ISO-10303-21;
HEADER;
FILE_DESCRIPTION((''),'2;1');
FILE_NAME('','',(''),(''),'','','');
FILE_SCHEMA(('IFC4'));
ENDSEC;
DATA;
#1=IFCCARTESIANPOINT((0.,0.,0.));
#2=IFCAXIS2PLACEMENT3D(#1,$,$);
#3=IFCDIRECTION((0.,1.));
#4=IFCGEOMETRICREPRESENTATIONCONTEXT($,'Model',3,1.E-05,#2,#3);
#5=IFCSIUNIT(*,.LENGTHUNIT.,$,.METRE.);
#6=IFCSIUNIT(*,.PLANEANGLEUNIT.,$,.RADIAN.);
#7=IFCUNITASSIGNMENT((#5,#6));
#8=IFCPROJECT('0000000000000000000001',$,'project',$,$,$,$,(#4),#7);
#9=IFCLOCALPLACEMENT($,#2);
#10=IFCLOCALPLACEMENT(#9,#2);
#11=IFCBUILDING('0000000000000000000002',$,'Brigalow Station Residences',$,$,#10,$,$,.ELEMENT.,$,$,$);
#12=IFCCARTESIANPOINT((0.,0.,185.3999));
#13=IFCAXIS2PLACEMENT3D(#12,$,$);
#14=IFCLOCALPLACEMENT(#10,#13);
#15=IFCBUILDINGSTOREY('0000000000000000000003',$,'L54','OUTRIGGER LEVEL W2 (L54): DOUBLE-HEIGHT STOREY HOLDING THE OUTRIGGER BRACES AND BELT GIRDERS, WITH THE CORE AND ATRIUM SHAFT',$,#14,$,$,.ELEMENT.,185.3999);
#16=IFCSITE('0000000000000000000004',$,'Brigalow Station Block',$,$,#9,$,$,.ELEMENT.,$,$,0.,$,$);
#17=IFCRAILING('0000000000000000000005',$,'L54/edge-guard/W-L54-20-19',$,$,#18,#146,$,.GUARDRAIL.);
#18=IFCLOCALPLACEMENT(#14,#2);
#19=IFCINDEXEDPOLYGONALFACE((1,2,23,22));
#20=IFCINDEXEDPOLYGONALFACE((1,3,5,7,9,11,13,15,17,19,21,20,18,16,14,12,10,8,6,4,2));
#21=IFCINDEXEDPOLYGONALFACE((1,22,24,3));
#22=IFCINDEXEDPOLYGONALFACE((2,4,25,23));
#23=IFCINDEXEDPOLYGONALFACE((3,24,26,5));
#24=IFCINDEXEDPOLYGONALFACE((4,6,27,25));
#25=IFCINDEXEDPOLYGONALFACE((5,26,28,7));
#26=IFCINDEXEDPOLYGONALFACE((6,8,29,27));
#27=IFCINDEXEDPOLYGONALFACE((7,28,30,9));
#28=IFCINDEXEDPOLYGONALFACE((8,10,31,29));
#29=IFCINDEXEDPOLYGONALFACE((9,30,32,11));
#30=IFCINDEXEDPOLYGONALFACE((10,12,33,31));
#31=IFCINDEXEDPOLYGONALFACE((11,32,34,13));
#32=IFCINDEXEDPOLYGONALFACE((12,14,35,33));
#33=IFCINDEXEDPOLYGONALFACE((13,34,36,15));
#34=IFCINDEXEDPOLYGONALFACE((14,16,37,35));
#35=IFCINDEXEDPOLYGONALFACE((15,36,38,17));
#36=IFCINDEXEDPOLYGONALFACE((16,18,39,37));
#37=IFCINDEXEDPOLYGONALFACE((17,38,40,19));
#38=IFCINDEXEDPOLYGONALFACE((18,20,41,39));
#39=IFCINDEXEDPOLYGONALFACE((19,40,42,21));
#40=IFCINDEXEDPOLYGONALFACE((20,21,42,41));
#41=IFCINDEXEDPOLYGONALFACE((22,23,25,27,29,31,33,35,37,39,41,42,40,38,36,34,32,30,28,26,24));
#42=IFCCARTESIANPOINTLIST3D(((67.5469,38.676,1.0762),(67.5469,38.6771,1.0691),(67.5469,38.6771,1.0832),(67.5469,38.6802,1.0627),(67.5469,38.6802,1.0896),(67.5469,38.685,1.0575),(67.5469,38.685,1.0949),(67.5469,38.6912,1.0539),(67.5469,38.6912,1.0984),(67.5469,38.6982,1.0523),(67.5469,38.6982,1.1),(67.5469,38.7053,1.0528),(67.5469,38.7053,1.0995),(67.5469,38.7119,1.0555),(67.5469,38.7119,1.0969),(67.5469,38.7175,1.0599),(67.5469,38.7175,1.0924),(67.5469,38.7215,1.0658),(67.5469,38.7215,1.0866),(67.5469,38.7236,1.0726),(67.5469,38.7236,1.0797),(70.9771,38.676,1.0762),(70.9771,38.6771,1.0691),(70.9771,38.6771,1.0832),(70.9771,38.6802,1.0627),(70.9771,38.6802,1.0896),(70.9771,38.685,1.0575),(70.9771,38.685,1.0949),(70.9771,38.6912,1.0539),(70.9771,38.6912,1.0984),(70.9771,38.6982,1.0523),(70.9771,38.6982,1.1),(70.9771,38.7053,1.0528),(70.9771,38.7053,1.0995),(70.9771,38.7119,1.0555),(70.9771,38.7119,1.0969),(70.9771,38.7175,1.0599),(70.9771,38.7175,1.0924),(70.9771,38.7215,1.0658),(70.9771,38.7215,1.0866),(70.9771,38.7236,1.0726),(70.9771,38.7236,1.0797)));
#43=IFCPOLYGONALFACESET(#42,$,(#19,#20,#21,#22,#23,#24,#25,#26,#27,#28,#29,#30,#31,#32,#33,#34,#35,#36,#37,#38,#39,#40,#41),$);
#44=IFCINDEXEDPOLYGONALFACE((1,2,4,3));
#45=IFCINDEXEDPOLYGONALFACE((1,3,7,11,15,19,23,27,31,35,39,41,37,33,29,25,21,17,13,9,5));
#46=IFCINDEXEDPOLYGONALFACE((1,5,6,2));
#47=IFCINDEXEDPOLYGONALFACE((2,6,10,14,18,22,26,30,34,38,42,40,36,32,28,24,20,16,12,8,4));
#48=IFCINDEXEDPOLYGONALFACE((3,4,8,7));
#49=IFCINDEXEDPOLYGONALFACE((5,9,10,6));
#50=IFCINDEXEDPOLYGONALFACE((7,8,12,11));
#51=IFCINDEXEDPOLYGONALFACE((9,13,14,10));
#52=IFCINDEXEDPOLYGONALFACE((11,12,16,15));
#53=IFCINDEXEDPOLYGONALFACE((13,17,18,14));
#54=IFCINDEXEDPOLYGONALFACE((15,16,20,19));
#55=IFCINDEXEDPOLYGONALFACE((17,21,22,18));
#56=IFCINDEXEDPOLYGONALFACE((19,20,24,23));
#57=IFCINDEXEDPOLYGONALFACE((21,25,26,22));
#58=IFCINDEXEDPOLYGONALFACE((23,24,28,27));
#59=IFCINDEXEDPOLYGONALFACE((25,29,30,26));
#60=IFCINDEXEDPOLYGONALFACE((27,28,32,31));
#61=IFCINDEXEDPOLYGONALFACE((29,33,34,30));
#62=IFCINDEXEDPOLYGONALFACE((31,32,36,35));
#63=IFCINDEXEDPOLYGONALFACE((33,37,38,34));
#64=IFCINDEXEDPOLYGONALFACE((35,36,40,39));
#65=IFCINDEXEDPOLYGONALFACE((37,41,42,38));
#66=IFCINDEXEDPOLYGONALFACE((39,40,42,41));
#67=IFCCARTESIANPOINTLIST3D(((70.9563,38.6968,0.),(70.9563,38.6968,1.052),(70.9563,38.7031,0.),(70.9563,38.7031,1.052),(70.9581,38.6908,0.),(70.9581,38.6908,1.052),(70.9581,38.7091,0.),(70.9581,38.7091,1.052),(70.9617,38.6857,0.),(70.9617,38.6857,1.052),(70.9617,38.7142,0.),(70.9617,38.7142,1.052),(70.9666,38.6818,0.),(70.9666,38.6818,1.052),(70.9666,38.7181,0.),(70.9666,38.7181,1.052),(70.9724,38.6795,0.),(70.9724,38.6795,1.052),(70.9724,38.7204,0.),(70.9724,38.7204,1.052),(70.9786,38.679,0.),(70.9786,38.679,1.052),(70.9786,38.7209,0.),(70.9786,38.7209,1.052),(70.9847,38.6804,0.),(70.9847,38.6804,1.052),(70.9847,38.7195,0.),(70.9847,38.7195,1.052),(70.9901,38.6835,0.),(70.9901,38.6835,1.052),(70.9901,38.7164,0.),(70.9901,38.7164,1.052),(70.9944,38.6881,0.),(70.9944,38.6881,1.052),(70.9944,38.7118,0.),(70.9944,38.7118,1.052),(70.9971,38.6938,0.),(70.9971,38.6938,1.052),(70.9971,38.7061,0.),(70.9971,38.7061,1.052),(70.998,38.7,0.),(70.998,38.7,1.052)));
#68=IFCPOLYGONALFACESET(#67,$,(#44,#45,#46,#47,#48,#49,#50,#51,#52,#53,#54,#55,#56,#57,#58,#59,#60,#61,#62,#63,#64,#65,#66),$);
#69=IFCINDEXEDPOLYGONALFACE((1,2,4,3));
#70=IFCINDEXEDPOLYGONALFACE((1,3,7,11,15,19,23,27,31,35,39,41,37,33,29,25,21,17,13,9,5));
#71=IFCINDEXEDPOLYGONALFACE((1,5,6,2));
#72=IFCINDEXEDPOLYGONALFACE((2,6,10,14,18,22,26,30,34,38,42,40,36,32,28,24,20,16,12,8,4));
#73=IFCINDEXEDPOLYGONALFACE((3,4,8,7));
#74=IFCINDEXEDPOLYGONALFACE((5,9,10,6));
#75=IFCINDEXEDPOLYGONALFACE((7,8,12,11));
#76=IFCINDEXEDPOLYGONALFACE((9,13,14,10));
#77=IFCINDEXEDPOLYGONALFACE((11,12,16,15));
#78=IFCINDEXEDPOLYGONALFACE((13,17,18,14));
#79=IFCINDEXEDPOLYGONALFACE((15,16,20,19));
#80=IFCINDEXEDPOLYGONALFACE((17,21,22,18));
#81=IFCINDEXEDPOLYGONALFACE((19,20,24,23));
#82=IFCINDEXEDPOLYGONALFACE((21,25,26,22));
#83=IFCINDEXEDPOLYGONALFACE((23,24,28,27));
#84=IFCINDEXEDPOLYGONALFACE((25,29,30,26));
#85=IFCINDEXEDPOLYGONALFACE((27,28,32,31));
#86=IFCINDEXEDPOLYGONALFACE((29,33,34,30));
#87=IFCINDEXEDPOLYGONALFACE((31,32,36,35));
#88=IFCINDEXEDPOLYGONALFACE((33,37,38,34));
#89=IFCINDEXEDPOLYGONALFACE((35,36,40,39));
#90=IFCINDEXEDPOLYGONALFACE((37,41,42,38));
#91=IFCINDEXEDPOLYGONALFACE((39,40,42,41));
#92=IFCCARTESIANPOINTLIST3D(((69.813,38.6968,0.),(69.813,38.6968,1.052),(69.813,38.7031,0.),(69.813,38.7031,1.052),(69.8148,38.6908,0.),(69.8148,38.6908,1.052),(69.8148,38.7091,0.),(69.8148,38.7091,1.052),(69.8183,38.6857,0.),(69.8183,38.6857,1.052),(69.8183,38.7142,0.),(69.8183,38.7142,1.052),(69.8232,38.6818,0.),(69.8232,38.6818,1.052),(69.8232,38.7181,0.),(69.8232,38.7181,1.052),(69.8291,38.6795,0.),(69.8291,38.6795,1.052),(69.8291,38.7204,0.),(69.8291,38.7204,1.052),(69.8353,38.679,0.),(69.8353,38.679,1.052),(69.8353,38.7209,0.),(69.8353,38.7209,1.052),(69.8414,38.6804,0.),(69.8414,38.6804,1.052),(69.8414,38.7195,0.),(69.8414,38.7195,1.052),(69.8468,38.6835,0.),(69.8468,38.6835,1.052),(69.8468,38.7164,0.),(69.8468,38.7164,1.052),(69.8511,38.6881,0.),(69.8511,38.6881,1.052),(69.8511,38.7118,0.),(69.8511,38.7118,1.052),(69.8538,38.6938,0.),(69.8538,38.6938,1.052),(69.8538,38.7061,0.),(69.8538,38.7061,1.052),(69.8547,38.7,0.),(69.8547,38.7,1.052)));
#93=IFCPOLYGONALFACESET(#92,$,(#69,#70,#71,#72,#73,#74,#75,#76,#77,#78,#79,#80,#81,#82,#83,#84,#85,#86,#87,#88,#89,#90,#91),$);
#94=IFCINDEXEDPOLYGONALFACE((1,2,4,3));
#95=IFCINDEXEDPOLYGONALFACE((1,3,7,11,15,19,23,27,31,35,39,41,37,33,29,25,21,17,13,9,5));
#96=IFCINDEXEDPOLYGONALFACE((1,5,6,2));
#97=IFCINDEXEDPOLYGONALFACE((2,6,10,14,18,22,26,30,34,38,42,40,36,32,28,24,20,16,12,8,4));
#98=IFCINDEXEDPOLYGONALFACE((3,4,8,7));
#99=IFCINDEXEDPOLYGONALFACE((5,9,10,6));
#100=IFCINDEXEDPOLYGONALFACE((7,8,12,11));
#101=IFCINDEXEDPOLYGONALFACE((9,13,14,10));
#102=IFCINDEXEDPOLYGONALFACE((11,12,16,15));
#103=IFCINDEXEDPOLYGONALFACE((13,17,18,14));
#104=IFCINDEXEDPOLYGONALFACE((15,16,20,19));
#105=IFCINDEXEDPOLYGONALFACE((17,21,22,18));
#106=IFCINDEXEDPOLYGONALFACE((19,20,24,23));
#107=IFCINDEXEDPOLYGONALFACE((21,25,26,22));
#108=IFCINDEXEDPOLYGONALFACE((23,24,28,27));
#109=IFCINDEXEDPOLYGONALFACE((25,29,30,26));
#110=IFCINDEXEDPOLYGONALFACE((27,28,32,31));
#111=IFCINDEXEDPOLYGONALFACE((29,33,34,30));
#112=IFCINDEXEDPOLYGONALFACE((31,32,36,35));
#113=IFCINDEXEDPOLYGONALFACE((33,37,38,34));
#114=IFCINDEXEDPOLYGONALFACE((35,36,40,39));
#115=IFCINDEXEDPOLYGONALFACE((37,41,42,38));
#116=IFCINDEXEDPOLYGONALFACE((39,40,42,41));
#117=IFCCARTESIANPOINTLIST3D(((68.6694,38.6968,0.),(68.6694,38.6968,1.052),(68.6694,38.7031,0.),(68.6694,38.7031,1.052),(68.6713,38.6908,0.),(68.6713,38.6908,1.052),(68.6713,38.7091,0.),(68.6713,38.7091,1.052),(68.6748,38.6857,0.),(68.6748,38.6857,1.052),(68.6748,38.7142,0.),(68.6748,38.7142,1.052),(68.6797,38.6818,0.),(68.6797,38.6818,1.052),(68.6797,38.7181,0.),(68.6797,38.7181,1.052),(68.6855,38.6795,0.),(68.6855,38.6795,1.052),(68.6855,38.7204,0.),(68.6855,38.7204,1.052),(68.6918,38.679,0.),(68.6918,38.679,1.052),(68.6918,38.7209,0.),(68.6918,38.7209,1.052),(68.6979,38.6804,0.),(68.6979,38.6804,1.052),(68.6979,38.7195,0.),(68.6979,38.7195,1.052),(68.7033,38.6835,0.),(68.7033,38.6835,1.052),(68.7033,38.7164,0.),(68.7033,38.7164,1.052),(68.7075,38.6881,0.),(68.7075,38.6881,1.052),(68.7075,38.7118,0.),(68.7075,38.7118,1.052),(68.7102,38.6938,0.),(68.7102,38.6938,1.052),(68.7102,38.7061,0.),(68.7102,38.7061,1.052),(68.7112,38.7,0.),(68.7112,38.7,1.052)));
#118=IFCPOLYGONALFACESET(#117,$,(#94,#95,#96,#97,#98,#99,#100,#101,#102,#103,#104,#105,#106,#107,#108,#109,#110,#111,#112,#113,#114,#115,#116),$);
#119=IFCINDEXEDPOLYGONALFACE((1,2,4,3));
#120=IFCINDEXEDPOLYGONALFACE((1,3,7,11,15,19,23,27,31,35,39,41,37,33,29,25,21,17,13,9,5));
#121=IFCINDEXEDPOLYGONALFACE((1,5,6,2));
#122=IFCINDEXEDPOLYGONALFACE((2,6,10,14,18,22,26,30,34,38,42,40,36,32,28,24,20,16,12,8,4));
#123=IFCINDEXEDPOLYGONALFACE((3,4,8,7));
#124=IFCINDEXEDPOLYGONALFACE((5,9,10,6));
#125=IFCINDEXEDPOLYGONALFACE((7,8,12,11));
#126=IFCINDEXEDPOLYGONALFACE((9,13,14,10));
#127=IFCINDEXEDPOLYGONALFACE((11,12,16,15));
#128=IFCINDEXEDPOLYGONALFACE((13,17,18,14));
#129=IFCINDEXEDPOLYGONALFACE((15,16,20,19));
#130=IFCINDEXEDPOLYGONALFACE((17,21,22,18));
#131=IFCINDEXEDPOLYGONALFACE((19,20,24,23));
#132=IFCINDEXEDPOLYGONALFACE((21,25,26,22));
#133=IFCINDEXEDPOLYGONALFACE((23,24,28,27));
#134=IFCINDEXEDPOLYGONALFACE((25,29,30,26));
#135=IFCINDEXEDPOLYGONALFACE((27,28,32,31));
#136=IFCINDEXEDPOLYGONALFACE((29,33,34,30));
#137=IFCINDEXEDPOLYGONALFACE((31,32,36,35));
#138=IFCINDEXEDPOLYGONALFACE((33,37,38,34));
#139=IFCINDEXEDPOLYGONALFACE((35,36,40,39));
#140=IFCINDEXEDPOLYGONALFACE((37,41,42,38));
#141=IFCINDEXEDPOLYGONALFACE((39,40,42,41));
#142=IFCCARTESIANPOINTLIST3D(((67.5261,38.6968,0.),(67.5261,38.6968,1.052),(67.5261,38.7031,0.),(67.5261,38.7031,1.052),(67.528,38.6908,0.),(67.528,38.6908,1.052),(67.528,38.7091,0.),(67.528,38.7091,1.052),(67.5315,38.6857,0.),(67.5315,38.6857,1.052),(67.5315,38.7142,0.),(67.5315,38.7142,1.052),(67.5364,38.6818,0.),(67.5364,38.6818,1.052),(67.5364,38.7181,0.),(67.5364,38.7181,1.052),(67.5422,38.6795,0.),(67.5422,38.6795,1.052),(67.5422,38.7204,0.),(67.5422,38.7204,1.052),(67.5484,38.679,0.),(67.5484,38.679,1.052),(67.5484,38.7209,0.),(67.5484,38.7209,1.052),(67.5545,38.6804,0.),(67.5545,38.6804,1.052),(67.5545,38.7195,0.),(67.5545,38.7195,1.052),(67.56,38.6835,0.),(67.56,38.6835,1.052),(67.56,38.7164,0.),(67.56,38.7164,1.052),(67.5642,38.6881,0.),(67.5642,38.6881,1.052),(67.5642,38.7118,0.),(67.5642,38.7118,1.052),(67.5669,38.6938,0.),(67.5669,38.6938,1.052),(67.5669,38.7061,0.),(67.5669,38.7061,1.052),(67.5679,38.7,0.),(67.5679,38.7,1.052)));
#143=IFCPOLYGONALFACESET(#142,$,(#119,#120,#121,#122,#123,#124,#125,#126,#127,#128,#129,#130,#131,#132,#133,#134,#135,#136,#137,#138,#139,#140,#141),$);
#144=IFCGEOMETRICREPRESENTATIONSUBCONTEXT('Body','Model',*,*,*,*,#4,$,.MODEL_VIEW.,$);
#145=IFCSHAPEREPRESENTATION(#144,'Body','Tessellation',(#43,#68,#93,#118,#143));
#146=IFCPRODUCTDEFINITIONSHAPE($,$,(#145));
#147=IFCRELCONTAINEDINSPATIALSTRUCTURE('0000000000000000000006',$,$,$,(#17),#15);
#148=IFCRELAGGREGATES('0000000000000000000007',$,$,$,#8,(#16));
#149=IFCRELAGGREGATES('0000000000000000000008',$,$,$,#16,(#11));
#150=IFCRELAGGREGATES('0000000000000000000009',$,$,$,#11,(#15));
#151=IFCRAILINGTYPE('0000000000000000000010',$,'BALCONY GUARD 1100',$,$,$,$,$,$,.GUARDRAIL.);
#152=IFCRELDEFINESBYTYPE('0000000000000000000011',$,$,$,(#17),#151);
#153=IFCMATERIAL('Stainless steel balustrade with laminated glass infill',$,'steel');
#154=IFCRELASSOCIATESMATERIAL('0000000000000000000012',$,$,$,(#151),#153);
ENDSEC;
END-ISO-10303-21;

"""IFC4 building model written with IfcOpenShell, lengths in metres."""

from ifc_helpers import new_model, si_unit, direction, frame, origin, origin_2d, place, context, subcontext, project, spatial, circle, extrude, material, type_object, element, save


model = new_model("IFC4")

# Units and contexts
model_context = context("Model", 3, precision=1e-05, world=origin(), true_north=direction((0.0, 1.0)))
body_context = subcontext(model_context, "Body", "Model", "MODEL_VIEW")
ifc_project = project(units=[si_unit("LENGTHUNIT", "METRE"), si_unit("PLANEANGLEUNIT", "RADIAN")], contexts=[model_context])

# Site, building, storey
site_placement = place(None, origin())
site = spatial("IfcSite", under=ifc_project, at=site_placement, Name="Brigalow Station Block", CompositionType="ELEMENT", RefElevation=0.0)
building_placement = place(site_placement, origin())
building = spatial("IfcBuilding", under=site, at=building_placement, Name="Brigalow Station Residences", CompositionType="ELEMENT")
storey_placement = place(building_placement, frame((0.0, 0.0, 185.3999)))
storey = spatial("IfcBuildingStorey", under=building, at=storey_placement, Name="L54", Description="OUTRIGGER LEVEL W2 (L54): DOUBLE-HEIGHT STOREY HOLDING THE OUTRIGGER BRACES AND BELT GIRDERS, WITH THE CORE AND ATRIUM SHAFT", CompositionType="ELEMENT", Elevation=185.3999)

# Railing
ifc_material_1 = material(Name="Stainless steel balustrade with laminated glass infill", Category="steel")
railing_type_1 = type_object("IfcRailingType", Name="BALCONY GUARD 1100", PredefinedType="GUARDRAIL", material=ifc_material_1)
railing_1_placement = place(storey_placement, frame((70.9771, 38.7, 0.0)))
element("IfcRailing", 1, at=railing_1_placement, inside=storey, type_object=railing_type_1, Name="L54/edge-guard/W-L54-20-19", PredefinedType="GUARDRAIL", context=body_context, shape_type="SweptSolid", body=[
    extrude(circle(Radius=0.0239, at=origin_2d()), frame((0.0, 0.0, 1.0762), z_axis=(-1.0, 0.0, 0.0), x_axis=(0.0, -1.0, 0.0)), (0.0, 0.0, 1.0), 3.4302),
    extrude(circle(Radius=0.021, at=origin_2d()), origin(), (0.0, 0.0, 1.0), 1.052),
    extrude(circle(Radius=0.021, at=origin_2d()), frame((-1.1433, 0.0, 0.0)), (0.0, 0.0, 1.0), 1.052),
    extrude(circle(Radius=0.021, at=origin_2d()), frame((-2.2869, 0.0, 0.0)), (0.0, 0.0, 1.0), 1.052),
    extrude(circle(Radius=0.021, at=origin_2d()), frame((-3.4302, 0.0, 0.0)), (0.0, 0.0, 1.0), 1.052),
])

save(model, "model.ifc")
